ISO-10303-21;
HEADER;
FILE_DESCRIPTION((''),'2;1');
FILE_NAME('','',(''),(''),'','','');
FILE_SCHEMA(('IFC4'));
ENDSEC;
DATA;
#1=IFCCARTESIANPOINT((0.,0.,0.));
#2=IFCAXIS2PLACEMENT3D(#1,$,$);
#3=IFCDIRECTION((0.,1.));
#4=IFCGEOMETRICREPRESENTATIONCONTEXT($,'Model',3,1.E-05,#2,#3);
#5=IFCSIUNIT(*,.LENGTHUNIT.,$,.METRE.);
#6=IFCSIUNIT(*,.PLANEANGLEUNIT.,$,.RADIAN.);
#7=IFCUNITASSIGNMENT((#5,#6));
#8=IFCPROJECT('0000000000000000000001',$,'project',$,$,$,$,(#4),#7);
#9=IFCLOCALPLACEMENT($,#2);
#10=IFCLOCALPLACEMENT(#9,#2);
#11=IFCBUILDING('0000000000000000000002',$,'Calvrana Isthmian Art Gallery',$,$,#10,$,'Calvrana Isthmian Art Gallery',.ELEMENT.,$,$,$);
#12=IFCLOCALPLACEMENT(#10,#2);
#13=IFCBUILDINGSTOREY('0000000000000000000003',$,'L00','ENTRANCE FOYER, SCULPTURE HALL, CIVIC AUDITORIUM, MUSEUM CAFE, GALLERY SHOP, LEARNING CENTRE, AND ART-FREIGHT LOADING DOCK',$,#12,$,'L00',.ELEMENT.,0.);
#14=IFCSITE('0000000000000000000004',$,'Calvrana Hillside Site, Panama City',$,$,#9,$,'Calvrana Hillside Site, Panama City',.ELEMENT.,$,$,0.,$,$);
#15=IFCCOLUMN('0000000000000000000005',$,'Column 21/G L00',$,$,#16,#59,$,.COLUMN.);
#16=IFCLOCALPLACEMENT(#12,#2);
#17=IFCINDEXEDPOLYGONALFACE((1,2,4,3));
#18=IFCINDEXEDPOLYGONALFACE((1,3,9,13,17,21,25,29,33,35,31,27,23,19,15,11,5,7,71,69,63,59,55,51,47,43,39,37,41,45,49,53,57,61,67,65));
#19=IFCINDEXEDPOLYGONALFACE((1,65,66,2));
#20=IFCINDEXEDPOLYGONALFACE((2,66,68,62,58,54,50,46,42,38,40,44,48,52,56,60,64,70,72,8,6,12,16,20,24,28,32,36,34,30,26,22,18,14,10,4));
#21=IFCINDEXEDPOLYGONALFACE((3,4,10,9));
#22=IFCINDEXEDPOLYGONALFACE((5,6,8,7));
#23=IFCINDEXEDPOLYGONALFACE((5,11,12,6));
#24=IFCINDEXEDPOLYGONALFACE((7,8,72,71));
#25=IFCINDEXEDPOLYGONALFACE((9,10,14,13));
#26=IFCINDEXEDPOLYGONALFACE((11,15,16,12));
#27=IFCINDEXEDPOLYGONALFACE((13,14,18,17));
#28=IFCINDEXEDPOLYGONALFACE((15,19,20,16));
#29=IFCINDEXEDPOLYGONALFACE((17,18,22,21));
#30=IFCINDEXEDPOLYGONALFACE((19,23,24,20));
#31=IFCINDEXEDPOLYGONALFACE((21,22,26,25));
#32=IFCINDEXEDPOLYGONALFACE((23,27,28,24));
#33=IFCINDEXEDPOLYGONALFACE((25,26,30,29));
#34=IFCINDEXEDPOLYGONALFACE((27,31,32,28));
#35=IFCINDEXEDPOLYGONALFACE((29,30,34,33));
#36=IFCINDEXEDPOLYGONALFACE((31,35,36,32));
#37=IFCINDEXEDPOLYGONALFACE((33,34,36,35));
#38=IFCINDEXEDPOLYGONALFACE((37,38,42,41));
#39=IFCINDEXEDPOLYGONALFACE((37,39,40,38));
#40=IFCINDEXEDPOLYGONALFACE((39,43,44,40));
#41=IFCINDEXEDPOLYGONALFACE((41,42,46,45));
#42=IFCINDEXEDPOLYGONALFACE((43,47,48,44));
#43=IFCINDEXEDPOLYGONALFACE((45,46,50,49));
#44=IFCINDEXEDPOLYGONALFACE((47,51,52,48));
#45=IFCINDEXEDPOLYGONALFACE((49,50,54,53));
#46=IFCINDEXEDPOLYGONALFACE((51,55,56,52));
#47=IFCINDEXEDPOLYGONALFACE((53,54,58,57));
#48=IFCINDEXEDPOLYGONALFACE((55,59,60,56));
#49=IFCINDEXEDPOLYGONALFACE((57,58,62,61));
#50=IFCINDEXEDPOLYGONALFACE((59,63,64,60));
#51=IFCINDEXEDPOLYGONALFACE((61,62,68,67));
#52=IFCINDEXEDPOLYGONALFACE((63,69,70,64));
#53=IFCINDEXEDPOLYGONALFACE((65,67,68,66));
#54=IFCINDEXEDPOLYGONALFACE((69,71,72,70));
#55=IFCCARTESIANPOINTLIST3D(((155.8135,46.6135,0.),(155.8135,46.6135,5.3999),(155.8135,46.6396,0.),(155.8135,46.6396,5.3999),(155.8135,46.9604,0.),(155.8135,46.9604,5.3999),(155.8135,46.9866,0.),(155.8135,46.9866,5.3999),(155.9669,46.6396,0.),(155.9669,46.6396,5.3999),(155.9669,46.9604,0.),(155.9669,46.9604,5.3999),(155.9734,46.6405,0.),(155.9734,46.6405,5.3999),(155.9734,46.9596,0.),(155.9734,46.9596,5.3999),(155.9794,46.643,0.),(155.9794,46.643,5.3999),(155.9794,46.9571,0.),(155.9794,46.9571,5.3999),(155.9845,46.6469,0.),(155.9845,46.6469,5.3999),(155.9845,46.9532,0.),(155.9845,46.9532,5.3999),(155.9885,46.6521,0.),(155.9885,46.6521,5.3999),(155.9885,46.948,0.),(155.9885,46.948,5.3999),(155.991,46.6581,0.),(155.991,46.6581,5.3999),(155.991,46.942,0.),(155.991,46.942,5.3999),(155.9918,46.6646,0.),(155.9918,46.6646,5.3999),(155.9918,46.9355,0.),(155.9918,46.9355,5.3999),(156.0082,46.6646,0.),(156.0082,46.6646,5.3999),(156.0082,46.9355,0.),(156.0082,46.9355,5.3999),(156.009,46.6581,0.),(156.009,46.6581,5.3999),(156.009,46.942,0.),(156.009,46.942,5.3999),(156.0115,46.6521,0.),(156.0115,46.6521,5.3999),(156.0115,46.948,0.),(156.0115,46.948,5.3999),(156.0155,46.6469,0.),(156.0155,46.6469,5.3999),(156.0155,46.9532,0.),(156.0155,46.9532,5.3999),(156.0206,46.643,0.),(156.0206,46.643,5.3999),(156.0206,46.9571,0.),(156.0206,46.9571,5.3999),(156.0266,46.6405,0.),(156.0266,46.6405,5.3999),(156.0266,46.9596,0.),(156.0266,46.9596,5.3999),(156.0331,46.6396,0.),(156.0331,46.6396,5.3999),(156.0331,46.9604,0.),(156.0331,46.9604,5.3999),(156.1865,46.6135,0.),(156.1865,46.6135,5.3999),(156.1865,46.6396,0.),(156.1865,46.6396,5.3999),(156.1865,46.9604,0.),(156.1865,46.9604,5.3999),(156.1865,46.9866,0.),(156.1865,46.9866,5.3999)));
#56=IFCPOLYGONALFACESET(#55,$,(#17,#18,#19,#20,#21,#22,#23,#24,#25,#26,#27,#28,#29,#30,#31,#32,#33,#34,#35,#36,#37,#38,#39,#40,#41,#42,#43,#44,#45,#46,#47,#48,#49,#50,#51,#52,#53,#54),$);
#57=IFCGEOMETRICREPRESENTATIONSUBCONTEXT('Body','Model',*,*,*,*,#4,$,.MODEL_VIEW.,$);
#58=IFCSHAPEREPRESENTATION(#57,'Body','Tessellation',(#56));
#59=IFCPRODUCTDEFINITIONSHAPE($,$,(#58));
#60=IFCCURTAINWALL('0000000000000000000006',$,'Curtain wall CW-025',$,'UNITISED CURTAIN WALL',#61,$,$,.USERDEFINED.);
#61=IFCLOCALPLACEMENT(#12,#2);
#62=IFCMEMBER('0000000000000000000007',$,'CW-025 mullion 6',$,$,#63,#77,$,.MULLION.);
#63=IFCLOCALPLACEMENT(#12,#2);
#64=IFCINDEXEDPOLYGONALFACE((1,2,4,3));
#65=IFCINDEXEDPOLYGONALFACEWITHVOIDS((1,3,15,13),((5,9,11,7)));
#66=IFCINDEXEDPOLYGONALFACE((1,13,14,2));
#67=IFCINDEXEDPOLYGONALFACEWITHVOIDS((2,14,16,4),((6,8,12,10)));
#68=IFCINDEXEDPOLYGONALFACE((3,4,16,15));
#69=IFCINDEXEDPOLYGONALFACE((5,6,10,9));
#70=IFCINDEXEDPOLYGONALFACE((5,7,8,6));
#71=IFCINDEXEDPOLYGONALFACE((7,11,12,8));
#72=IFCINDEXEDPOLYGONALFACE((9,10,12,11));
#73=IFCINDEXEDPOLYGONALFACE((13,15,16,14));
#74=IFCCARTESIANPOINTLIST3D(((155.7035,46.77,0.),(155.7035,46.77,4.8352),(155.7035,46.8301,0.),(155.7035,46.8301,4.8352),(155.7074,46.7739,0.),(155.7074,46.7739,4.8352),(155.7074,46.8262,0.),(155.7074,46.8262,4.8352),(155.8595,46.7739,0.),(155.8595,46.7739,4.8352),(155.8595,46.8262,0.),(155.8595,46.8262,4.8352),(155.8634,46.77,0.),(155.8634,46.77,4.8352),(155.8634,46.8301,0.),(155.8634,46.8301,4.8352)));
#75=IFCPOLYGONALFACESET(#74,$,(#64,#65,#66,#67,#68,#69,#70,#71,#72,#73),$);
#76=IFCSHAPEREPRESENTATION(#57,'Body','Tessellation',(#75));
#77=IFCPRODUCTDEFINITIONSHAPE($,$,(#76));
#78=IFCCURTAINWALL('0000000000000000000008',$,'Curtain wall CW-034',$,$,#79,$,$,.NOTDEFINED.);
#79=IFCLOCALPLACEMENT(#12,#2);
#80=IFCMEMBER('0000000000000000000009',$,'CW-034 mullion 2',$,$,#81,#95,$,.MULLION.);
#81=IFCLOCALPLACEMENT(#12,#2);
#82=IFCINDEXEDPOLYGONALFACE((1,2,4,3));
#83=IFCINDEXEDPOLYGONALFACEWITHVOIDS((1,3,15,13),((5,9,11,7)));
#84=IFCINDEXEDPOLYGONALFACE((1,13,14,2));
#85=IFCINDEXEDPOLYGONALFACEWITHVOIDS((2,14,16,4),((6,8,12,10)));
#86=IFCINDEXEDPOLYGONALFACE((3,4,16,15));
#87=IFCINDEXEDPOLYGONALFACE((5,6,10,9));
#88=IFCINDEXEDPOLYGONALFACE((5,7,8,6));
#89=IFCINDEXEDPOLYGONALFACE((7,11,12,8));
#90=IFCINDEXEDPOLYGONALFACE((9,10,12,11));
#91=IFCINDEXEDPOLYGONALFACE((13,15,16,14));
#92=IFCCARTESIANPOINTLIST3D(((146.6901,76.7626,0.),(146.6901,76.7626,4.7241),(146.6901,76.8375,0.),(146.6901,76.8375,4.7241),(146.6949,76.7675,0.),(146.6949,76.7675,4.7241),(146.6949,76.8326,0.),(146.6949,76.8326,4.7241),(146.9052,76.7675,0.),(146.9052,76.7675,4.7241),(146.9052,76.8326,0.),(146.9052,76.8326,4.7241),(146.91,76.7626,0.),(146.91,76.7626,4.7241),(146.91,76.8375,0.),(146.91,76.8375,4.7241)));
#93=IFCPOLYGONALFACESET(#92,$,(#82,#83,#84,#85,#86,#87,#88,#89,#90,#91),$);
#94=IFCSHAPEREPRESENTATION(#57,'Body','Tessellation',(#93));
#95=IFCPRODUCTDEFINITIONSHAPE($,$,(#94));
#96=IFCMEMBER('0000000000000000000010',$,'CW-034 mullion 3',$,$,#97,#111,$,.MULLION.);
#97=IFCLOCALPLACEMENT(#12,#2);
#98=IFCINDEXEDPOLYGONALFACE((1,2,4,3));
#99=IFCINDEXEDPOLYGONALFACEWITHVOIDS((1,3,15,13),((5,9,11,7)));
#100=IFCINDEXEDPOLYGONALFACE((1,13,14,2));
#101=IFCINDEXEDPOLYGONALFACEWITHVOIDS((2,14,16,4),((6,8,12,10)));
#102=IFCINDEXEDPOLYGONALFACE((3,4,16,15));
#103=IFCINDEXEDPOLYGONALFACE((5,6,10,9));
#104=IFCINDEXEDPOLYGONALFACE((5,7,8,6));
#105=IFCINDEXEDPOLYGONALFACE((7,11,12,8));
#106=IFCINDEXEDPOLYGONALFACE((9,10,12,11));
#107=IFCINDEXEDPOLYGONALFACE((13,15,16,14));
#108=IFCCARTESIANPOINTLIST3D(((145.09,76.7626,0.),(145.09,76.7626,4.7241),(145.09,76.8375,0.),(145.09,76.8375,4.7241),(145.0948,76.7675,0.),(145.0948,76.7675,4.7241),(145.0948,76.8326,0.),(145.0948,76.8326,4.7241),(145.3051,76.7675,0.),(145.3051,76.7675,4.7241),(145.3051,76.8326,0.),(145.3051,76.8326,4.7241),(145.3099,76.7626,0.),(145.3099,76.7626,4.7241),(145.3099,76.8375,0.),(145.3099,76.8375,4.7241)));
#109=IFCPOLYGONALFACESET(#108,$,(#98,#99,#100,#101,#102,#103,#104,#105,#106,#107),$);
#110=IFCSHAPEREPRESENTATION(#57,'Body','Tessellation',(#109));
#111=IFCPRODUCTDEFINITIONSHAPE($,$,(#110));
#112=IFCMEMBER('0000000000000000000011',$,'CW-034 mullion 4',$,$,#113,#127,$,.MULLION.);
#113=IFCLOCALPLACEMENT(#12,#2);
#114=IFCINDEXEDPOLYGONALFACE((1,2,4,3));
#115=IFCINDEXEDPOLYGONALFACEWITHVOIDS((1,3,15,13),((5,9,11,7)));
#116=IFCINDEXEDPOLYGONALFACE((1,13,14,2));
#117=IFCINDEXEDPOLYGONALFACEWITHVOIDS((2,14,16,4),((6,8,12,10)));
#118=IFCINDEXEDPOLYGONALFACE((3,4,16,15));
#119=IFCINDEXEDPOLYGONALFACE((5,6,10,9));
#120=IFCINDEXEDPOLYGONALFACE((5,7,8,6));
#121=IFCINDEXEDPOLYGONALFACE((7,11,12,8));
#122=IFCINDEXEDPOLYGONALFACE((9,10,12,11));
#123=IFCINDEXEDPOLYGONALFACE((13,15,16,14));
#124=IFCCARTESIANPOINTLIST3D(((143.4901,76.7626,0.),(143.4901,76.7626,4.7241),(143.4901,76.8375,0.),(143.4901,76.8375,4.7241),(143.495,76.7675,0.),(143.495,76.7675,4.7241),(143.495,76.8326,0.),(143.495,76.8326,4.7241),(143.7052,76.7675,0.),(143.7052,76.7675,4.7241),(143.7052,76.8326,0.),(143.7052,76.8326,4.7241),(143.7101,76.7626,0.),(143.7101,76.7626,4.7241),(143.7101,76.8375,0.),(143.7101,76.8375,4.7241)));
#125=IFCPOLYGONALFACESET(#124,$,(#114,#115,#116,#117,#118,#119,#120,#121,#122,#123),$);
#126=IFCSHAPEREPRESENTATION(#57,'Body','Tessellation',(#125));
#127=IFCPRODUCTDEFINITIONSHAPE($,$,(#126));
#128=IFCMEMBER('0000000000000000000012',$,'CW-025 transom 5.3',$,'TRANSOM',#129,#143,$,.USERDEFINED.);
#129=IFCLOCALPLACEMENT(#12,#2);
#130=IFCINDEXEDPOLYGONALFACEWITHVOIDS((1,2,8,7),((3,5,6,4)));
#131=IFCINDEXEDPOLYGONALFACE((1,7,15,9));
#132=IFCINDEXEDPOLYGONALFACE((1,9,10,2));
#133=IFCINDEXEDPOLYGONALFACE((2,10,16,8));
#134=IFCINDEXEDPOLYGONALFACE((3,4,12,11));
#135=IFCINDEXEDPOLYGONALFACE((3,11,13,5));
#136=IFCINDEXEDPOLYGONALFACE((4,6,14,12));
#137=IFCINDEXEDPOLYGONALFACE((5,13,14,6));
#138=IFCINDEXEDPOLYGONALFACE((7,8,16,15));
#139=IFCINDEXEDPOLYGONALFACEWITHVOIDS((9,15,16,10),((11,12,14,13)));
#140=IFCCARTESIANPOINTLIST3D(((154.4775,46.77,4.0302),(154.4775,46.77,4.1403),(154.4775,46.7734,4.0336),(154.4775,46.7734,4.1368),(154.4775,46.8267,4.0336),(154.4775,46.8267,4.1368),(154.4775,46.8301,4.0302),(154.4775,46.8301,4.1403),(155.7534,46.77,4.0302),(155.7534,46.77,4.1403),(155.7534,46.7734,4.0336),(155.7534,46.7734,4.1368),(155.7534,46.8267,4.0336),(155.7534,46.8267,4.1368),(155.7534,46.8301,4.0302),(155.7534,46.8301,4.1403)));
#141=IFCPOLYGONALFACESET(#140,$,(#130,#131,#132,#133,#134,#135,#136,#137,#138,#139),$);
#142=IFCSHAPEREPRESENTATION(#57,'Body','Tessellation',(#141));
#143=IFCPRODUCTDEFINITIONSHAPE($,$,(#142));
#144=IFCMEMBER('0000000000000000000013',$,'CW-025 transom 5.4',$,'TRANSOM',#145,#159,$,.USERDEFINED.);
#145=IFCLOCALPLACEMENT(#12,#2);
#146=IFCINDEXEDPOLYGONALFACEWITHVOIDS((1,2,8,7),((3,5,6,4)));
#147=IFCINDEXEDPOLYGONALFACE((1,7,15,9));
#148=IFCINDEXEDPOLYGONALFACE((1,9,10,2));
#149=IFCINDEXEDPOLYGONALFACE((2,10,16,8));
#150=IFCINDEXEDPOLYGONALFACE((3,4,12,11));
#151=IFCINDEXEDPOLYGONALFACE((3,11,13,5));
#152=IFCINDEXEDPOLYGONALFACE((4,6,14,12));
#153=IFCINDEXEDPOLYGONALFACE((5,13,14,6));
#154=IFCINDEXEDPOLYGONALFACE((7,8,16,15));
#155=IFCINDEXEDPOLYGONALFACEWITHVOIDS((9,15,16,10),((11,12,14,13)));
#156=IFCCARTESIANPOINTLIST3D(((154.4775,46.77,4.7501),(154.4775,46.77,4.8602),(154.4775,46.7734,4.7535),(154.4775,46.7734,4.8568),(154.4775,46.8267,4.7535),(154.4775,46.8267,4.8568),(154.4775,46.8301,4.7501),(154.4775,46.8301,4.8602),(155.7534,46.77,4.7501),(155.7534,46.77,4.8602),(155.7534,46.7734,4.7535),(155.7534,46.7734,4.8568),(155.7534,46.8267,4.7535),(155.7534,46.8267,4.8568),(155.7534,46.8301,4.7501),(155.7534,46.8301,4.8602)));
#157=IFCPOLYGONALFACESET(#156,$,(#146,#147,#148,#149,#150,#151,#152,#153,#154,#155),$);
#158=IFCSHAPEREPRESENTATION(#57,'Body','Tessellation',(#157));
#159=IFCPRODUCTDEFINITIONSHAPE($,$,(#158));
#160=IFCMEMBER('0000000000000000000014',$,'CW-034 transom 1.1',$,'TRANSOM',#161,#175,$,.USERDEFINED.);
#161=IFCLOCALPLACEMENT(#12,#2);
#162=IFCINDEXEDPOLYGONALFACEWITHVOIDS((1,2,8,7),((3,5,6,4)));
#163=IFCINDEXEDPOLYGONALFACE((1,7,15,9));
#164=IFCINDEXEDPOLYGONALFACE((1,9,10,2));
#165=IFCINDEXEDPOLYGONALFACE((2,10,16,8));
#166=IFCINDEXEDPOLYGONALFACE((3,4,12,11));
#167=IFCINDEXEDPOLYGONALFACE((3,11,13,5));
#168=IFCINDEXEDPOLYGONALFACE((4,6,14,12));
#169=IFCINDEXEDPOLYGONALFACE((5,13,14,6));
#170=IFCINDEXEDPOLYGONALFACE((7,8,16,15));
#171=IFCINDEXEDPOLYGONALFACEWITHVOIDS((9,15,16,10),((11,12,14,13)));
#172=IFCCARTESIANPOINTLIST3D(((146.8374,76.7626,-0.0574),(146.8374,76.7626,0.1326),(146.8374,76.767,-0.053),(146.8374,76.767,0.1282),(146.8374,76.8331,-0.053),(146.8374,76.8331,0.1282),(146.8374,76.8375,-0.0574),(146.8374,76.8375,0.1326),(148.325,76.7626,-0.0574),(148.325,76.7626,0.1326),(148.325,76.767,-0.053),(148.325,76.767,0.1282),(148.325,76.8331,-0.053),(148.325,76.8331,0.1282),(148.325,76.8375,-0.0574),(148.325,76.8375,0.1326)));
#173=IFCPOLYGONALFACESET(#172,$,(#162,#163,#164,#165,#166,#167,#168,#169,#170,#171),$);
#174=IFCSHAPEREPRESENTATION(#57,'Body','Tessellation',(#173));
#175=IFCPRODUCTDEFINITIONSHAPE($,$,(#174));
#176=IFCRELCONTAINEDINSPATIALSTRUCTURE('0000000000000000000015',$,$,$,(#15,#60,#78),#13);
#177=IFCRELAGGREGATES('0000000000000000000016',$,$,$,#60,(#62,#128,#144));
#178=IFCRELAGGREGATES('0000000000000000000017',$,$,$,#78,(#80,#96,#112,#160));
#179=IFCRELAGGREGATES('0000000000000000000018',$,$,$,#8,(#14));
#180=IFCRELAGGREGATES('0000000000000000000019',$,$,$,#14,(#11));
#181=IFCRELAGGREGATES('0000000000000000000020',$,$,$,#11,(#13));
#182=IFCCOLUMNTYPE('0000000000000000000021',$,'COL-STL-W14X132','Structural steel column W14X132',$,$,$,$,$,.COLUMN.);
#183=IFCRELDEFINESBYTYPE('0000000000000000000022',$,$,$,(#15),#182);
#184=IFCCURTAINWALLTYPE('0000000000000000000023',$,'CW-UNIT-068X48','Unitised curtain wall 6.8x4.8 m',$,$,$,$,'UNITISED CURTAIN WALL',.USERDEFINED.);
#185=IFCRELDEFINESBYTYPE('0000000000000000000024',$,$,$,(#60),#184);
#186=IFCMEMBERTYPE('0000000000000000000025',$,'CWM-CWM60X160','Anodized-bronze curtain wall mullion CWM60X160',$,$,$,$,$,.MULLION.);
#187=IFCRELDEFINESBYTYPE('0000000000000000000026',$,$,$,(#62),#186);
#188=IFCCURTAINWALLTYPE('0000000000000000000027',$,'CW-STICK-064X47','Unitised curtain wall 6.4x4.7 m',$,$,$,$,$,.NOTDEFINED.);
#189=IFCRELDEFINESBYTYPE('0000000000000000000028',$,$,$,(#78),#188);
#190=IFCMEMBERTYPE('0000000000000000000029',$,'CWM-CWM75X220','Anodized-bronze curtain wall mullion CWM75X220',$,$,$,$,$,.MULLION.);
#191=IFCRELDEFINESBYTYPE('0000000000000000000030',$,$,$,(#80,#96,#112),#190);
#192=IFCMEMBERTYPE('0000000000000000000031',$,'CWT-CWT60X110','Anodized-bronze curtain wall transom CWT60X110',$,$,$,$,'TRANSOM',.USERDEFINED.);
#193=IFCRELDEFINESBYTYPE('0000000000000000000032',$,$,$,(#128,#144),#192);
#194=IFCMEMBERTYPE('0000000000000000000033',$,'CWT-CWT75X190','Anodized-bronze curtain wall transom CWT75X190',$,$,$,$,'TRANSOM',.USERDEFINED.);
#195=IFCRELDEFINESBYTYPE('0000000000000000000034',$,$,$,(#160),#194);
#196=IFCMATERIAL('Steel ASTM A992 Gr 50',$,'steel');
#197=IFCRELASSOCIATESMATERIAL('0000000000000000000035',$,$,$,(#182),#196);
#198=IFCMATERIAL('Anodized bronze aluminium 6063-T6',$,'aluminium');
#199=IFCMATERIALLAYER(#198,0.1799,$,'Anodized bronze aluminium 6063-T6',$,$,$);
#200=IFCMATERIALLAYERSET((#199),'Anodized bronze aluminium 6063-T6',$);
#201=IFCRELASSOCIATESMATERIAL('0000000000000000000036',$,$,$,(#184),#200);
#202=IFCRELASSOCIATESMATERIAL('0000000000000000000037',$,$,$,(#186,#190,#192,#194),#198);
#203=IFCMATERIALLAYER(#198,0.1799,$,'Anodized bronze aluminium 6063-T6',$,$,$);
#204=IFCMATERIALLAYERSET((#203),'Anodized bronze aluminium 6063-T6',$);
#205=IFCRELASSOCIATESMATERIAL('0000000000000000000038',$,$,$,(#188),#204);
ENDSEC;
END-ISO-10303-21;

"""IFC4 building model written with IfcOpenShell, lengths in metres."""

from ifc_helpers import new_model, si_unit, direction, frame, origin, origin_2d, place, context, subcontext, project, spatial, hollow_rectangle, i_section, extrude, material, layer, layer_set, material_profile, profile_set, type_object, element, aggregate, save


model = new_model("IFC4")

# Units and contexts
model_context = context("Model", 3, precision=1e-05, world=origin(), true_north=direction((0.0, 1.0)))
body_context = subcontext(model_context, "Body", "Model", "MODEL_VIEW")
ifc_project = project(units=[si_unit("LENGTHUNIT", "METRE"), si_unit("PLANEANGLEUNIT", "RADIAN")], contexts=[model_context])

# Site, building, storey
site_placement = place(None, origin())
site = spatial("IfcSite", under=ifc_project, at=site_placement, Name="Calvrana Hillside Site, Panama City", LongName="Calvrana Hillside Site, Panama City", CompositionType="ELEMENT", RefElevation=0.0)
building_placement = place(site_placement, origin())
building = spatial("IfcBuilding", under=site, at=building_placement, Name="Calvrana Isthmian Art Gallery", LongName="Calvrana Isthmian Art Gallery", CompositionType="ELEMENT")
storey_placement = place(building_placement, origin())
storey = spatial("IfcBuildingStorey", under=building, at=storey_placement, Name="L00", Description="ENTRANCE FOYER, SCULPTURE HALL, CIVIC AUDITORIUM, MUSEUM CAFE, GALLERY SHOP, LEARNING CENTRE, AND ART-FREIGHT LOADING DOCK", LongName="L00", CompositionType="ELEMENT", Elevation=0.0)

# Column
ifc_material_1 = material(Name="Steel ASTM A992 Gr 50", Category="steel")
ifc_material_profile_1 = material_profile(ifc_material_1, i_section(OverallWidth=0.373, OverallDepth=0.373, WebThickness=0.0164, FlangeThickness=0.0261, FilletRadius=0.0249, at=origin_2d()), Name="W14X132")
ifc_profile_set_1 = profile_set([ifc_material_profile_1], Name="Steel ASTM A992 Gr 50")
column_type = type_object("IfcColumnType", Name="COL-STL-W14X132", Description="Structural steel column W14X132", PredefinedType="COLUMN", material=ifc_profile_set_1)
column_placement = place(storey_placement, frame((156.0, 46.8, 0.0), z_axis=(0.0, 0.0, 1.0), x_axis=(1.0, 0.0, 0.0)))
element("IfcColumn", 1, at=column_placement, inside=storey, type_object=column_type, Name="Column 21/G L00", PredefinedType="COLUMN", context=body_context, shape_type="SweptSolid", body=[
    extrude(i_section(OverallWidth=0.373, OverallDepth=0.373, WebThickness=0.0164, FlangeThickness=0.0261, FilletRadius=0.0249, at=origin_2d()), origin(), (0.0, 0.0, 1.0), 5.3999),
])

# Curtain wall, member
ifc_material_2 = material(Name="Anodized bronze aluminium 6063-T6", Category="aluminium")
ifc_layer_1 = layer(ifc_material_2, 0.1799, Name="Anodized bronze aluminium 6063-T6")
ifc_layer_set_1 = layer_set([ifc_layer_1], Name="Anodized bronze aluminium 6063-T6")
curtain_wall_type_1 = type_object("IfcCurtainWallType", Name="CW-UNIT-068X48", Description="Unitised curtain wall 6.8x4.8 m", ElementType="UNITISED CURTAIN WALL", PredefinedType="USERDEFINED", material=ifc_layer_set_1)
curtain_wall_1_placement = place(storey_placement, origin())
curtain_wall_1 = element("IfcCurtainWall", 2, at=curtain_wall_1_placement, inside=storey, type_object=curtain_wall_type_1, Name="Curtain wall CW-025", ObjectType="UNITISED CURTAIN WALL", PredefinedType="USERDEFINED")
ifc_material_profile_2 = material_profile(ifc_material_2, hollow_rectangle(XDim=0.0601, YDim=0.1599, WallThickness=0.0039, at=origin_2d()), Name="CWM60X160")
ifc_profile_set_2 = profile_set([ifc_material_profile_2], Name="Anodized bronze aluminium 6063-T6")
member_type_1 = type_object("IfcMemberType", Name="CWM-CWM60X160", Description="Anodized-bronze curtain wall mullion CWM60X160", PredefinedType="MULLION", material=ifc_profile_set_2)
member_1_placement = place(storey_placement, frame((155.7834, 46.8, 0.0), z_axis=(0.0, 0.0, 1.0), x_axis=(0.0, 1.0, 0.0)))
member_1 = element("IfcMember", 3, at=member_1_placement, type_object=member_type_1, Name="CW-025 mullion 6", PredefinedType="MULLION", context=body_context, shape_type="SweptSolid", body=[
    extrude(hollow_rectangle(XDim=0.0601, YDim=0.1599, WallThickness=0.0039, at=origin_2d()), origin(), (0.0, 0.0, 1.0), 4.8352),
])

# Curtain wall, members
ifc_layer_2 = layer(ifc_material_2, 0.1799, Name="Anodized bronze aluminium 6063-T6")
ifc_layer_set_2 = layer_set([ifc_layer_2], Name="Anodized bronze aluminium 6063-T6")
curtain_wall_type_2 = type_object("IfcCurtainWallType", Name="CW-STICK-064X47", Description="Unitised curtain wall 6.4x4.7 m", PredefinedType="NOTDEFINED", material=ifc_layer_set_2)
curtain_wall_2_placement = place(storey_placement, origin())
curtain_wall_2 = element("IfcCurtainWall", 4, at=curtain_wall_2_placement, inside=storey, type_object=curtain_wall_type_2, Name="Curtain wall CW-034", PredefinedType="NOTDEFINED")
ifc_material_profile_3 = material_profile(ifc_material_2, hollow_rectangle(XDim=0.075, YDim=0.22, WallThickness=0.0049, at=origin_2d()), Name="CWM75X220")
ifc_profile_set_3 = profile_set([ifc_material_profile_3], Name="Anodized bronze aluminium 6063-T6")
member_type_2 = type_object("IfcMemberType", Name="CWM-CWM75X220", Description="Anodized-bronze curtain wall mullion CWM75X220", PredefinedType="MULLION", material=ifc_profile_set_3)
member_2_placement = place(storey_placement, frame((146.8, 76.8, 0.0), z_axis=(0.0, 0.0, 1.0), x_axis=(0.0, -1.0, 0.0)))
member_2 = element("IfcMember", 5, at=member_2_placement, type_object=member_type_2, Name="CW-034 mullion 2", PredefinedType="MULLION", context=body_context, shape_type="SweptSolid", body=[
    extrude(hollow_rectangle(XDim=0.075, YDim=0.22, WallThickness=0.0049, at=origin_2d()), origin(), (0.0, 0.0, 1.0), 4.7241),
])
member_3_placement = place(storey_placement, frame((145.2, 76.8, 0.0), z_axis=(0.0, 0.0, 1.0), x_axis=(0.0, -1.0, 0.0)))
member_3 = element("IfcMember", 6, at=member_3_placement, type_object=member_type_2, Name="CW-034 mullion 3", PredefinedType="MULLION", context=body_context, shape_type="SweptSolid", body=[
    extrude(hollow_rectangle(XDim=0.075, YDim=0.22, WallThickness=0.0049, at=origin_2d()), origin(), (0.0, 0.0, 1.0), 4.7241),
])
member_4_placement = place(storey_placement, frame((143.6001, 76.8, 0.0), z_axis=(0.0, 0.0, 1.0), x_axis=(0.0, -1.0, 0.0)))
member_4 = element("IfcMember", 7, at=member_4_placement, type_object=member_type_2, Name="CW-034 mullion 4", PredefinedType="MULLION", context=body_context, shape_type="SweptSolid", body=[
    extrude(hollow_rectangle(XDim=0.075, YDim=0.22, WallThickness=0.0049, at=origin_2d()), origin(), (0.0, 0.0, 1.0), 4.7241),
])

# Members
ifc_material_profile_4 = material_profile(ifc_material_2, hollow_rectangle(XDim=0.0601, YDim=0.1101, WallThickness=0.0034, at=origin_2d()), Name="CWT60X110")
ifc_profile_set_4 = profile_set([ifc_material_profile_4], Name="Anodized bronze aluminium 6063-T6")
member_type_3 = type_object("IfcMemberType", Name="CWT-CWT60X110", Description="Anodized-bronze curtain wall transom CWT60X110", ElementType="TRANSOM", PredefinedType="USERDEFINED", material=ifc_profile_set_4)
member_5_placement = place(storey_placement, frame((154.4775, 46.8, 4.0852), z_axis=(1.0, 0.0, 0.0), x_axis=(0.0, 1.0, 0.0)))
member_5 = element("IfcMember", 8, at=member_5_placement, type_object=member_type_3, Name="CW-025 transom 5.3", ObjectType="TRANSOM", PredefinedType="USERDEFINED", context=body_context, shape_type="SweptSolid", body=[
    extrude(hollow_rectangle(XDim=0.0601, YDim=0.1101, WallThickness=0.0034, at=origin_2d()), origin(), (0.0, 0.0, 1.0), 1.2759),
])
member_6_placement = place(storey_placement, frame((154.4775, 46.8, 4.8052), z_axis=(1.0, 0.0, 0.0), x_axis=(0.0, 1.0, 0.0)))
member_6 = element("IfcMember", 9, at=member_6_placement, type_object=member_type_3, Name="CW-025 transom 5.4", ObjectType="TRANSOM", PredefinedType="USERDEFINED", context=body_context, shape_type="SweptSolid", body=[
    extrude(hollow_rectangle(XDim=0.0601, YDim=0.1101, WallThickness=0.0034, at=origin_2d()), origin(), (0.0, 0.0, 1.0), 1.2759),
])
ifc_material_profile_5 = material_profile(ifc_material_2, hollow_rectangle(XDim=0.075, YDim=0.1899, WallThickness=0.0044, at=origin_2d()), Name="CWT75X190")
ifc_profile_set_5 = profile_set([ifc_material_profile_5], Name="Anodized bronze aluminium 6063-T6")
member_type_4 = type_object("IfcMemberType", Name="CWT-CWT75X190", Description="Anodized-bronze curtain wall transom CWT75X190", ElementType="TRANSOM", PredefinedType="USERDEFINED", material=ifc_profile_set_5)
member_7_placement = place(storey_placement, frame((148.325, 76.8, 0.0376), z_axis=(-1.0, 0.0, 0.0), x_axis=(0.0, -1.0, 0.0)))
member_7 = element("IfcMember", 10, at=member_7_placement, type_object=member_type_4, Name="CW-034 transom 1.1", ObjectType="TRANSOM", PredefinedType="USERDEFINED", context=body_context, shape_type="SweptSolid", body=[
    extrude(hollow_rectangle(XDim=0.075, YDim=0.1899, WallThickness=0.0044, at=origin_2d()), origin(), (0.0, 0.0, 1.0), 1.4875),
])

aggregate(curtain_wall_1, [member_1, member_5, member_6])
aggregate(curtain_wall_2, [member_2, member_3, member_4, member_7])

save(model, "model.ifc")
